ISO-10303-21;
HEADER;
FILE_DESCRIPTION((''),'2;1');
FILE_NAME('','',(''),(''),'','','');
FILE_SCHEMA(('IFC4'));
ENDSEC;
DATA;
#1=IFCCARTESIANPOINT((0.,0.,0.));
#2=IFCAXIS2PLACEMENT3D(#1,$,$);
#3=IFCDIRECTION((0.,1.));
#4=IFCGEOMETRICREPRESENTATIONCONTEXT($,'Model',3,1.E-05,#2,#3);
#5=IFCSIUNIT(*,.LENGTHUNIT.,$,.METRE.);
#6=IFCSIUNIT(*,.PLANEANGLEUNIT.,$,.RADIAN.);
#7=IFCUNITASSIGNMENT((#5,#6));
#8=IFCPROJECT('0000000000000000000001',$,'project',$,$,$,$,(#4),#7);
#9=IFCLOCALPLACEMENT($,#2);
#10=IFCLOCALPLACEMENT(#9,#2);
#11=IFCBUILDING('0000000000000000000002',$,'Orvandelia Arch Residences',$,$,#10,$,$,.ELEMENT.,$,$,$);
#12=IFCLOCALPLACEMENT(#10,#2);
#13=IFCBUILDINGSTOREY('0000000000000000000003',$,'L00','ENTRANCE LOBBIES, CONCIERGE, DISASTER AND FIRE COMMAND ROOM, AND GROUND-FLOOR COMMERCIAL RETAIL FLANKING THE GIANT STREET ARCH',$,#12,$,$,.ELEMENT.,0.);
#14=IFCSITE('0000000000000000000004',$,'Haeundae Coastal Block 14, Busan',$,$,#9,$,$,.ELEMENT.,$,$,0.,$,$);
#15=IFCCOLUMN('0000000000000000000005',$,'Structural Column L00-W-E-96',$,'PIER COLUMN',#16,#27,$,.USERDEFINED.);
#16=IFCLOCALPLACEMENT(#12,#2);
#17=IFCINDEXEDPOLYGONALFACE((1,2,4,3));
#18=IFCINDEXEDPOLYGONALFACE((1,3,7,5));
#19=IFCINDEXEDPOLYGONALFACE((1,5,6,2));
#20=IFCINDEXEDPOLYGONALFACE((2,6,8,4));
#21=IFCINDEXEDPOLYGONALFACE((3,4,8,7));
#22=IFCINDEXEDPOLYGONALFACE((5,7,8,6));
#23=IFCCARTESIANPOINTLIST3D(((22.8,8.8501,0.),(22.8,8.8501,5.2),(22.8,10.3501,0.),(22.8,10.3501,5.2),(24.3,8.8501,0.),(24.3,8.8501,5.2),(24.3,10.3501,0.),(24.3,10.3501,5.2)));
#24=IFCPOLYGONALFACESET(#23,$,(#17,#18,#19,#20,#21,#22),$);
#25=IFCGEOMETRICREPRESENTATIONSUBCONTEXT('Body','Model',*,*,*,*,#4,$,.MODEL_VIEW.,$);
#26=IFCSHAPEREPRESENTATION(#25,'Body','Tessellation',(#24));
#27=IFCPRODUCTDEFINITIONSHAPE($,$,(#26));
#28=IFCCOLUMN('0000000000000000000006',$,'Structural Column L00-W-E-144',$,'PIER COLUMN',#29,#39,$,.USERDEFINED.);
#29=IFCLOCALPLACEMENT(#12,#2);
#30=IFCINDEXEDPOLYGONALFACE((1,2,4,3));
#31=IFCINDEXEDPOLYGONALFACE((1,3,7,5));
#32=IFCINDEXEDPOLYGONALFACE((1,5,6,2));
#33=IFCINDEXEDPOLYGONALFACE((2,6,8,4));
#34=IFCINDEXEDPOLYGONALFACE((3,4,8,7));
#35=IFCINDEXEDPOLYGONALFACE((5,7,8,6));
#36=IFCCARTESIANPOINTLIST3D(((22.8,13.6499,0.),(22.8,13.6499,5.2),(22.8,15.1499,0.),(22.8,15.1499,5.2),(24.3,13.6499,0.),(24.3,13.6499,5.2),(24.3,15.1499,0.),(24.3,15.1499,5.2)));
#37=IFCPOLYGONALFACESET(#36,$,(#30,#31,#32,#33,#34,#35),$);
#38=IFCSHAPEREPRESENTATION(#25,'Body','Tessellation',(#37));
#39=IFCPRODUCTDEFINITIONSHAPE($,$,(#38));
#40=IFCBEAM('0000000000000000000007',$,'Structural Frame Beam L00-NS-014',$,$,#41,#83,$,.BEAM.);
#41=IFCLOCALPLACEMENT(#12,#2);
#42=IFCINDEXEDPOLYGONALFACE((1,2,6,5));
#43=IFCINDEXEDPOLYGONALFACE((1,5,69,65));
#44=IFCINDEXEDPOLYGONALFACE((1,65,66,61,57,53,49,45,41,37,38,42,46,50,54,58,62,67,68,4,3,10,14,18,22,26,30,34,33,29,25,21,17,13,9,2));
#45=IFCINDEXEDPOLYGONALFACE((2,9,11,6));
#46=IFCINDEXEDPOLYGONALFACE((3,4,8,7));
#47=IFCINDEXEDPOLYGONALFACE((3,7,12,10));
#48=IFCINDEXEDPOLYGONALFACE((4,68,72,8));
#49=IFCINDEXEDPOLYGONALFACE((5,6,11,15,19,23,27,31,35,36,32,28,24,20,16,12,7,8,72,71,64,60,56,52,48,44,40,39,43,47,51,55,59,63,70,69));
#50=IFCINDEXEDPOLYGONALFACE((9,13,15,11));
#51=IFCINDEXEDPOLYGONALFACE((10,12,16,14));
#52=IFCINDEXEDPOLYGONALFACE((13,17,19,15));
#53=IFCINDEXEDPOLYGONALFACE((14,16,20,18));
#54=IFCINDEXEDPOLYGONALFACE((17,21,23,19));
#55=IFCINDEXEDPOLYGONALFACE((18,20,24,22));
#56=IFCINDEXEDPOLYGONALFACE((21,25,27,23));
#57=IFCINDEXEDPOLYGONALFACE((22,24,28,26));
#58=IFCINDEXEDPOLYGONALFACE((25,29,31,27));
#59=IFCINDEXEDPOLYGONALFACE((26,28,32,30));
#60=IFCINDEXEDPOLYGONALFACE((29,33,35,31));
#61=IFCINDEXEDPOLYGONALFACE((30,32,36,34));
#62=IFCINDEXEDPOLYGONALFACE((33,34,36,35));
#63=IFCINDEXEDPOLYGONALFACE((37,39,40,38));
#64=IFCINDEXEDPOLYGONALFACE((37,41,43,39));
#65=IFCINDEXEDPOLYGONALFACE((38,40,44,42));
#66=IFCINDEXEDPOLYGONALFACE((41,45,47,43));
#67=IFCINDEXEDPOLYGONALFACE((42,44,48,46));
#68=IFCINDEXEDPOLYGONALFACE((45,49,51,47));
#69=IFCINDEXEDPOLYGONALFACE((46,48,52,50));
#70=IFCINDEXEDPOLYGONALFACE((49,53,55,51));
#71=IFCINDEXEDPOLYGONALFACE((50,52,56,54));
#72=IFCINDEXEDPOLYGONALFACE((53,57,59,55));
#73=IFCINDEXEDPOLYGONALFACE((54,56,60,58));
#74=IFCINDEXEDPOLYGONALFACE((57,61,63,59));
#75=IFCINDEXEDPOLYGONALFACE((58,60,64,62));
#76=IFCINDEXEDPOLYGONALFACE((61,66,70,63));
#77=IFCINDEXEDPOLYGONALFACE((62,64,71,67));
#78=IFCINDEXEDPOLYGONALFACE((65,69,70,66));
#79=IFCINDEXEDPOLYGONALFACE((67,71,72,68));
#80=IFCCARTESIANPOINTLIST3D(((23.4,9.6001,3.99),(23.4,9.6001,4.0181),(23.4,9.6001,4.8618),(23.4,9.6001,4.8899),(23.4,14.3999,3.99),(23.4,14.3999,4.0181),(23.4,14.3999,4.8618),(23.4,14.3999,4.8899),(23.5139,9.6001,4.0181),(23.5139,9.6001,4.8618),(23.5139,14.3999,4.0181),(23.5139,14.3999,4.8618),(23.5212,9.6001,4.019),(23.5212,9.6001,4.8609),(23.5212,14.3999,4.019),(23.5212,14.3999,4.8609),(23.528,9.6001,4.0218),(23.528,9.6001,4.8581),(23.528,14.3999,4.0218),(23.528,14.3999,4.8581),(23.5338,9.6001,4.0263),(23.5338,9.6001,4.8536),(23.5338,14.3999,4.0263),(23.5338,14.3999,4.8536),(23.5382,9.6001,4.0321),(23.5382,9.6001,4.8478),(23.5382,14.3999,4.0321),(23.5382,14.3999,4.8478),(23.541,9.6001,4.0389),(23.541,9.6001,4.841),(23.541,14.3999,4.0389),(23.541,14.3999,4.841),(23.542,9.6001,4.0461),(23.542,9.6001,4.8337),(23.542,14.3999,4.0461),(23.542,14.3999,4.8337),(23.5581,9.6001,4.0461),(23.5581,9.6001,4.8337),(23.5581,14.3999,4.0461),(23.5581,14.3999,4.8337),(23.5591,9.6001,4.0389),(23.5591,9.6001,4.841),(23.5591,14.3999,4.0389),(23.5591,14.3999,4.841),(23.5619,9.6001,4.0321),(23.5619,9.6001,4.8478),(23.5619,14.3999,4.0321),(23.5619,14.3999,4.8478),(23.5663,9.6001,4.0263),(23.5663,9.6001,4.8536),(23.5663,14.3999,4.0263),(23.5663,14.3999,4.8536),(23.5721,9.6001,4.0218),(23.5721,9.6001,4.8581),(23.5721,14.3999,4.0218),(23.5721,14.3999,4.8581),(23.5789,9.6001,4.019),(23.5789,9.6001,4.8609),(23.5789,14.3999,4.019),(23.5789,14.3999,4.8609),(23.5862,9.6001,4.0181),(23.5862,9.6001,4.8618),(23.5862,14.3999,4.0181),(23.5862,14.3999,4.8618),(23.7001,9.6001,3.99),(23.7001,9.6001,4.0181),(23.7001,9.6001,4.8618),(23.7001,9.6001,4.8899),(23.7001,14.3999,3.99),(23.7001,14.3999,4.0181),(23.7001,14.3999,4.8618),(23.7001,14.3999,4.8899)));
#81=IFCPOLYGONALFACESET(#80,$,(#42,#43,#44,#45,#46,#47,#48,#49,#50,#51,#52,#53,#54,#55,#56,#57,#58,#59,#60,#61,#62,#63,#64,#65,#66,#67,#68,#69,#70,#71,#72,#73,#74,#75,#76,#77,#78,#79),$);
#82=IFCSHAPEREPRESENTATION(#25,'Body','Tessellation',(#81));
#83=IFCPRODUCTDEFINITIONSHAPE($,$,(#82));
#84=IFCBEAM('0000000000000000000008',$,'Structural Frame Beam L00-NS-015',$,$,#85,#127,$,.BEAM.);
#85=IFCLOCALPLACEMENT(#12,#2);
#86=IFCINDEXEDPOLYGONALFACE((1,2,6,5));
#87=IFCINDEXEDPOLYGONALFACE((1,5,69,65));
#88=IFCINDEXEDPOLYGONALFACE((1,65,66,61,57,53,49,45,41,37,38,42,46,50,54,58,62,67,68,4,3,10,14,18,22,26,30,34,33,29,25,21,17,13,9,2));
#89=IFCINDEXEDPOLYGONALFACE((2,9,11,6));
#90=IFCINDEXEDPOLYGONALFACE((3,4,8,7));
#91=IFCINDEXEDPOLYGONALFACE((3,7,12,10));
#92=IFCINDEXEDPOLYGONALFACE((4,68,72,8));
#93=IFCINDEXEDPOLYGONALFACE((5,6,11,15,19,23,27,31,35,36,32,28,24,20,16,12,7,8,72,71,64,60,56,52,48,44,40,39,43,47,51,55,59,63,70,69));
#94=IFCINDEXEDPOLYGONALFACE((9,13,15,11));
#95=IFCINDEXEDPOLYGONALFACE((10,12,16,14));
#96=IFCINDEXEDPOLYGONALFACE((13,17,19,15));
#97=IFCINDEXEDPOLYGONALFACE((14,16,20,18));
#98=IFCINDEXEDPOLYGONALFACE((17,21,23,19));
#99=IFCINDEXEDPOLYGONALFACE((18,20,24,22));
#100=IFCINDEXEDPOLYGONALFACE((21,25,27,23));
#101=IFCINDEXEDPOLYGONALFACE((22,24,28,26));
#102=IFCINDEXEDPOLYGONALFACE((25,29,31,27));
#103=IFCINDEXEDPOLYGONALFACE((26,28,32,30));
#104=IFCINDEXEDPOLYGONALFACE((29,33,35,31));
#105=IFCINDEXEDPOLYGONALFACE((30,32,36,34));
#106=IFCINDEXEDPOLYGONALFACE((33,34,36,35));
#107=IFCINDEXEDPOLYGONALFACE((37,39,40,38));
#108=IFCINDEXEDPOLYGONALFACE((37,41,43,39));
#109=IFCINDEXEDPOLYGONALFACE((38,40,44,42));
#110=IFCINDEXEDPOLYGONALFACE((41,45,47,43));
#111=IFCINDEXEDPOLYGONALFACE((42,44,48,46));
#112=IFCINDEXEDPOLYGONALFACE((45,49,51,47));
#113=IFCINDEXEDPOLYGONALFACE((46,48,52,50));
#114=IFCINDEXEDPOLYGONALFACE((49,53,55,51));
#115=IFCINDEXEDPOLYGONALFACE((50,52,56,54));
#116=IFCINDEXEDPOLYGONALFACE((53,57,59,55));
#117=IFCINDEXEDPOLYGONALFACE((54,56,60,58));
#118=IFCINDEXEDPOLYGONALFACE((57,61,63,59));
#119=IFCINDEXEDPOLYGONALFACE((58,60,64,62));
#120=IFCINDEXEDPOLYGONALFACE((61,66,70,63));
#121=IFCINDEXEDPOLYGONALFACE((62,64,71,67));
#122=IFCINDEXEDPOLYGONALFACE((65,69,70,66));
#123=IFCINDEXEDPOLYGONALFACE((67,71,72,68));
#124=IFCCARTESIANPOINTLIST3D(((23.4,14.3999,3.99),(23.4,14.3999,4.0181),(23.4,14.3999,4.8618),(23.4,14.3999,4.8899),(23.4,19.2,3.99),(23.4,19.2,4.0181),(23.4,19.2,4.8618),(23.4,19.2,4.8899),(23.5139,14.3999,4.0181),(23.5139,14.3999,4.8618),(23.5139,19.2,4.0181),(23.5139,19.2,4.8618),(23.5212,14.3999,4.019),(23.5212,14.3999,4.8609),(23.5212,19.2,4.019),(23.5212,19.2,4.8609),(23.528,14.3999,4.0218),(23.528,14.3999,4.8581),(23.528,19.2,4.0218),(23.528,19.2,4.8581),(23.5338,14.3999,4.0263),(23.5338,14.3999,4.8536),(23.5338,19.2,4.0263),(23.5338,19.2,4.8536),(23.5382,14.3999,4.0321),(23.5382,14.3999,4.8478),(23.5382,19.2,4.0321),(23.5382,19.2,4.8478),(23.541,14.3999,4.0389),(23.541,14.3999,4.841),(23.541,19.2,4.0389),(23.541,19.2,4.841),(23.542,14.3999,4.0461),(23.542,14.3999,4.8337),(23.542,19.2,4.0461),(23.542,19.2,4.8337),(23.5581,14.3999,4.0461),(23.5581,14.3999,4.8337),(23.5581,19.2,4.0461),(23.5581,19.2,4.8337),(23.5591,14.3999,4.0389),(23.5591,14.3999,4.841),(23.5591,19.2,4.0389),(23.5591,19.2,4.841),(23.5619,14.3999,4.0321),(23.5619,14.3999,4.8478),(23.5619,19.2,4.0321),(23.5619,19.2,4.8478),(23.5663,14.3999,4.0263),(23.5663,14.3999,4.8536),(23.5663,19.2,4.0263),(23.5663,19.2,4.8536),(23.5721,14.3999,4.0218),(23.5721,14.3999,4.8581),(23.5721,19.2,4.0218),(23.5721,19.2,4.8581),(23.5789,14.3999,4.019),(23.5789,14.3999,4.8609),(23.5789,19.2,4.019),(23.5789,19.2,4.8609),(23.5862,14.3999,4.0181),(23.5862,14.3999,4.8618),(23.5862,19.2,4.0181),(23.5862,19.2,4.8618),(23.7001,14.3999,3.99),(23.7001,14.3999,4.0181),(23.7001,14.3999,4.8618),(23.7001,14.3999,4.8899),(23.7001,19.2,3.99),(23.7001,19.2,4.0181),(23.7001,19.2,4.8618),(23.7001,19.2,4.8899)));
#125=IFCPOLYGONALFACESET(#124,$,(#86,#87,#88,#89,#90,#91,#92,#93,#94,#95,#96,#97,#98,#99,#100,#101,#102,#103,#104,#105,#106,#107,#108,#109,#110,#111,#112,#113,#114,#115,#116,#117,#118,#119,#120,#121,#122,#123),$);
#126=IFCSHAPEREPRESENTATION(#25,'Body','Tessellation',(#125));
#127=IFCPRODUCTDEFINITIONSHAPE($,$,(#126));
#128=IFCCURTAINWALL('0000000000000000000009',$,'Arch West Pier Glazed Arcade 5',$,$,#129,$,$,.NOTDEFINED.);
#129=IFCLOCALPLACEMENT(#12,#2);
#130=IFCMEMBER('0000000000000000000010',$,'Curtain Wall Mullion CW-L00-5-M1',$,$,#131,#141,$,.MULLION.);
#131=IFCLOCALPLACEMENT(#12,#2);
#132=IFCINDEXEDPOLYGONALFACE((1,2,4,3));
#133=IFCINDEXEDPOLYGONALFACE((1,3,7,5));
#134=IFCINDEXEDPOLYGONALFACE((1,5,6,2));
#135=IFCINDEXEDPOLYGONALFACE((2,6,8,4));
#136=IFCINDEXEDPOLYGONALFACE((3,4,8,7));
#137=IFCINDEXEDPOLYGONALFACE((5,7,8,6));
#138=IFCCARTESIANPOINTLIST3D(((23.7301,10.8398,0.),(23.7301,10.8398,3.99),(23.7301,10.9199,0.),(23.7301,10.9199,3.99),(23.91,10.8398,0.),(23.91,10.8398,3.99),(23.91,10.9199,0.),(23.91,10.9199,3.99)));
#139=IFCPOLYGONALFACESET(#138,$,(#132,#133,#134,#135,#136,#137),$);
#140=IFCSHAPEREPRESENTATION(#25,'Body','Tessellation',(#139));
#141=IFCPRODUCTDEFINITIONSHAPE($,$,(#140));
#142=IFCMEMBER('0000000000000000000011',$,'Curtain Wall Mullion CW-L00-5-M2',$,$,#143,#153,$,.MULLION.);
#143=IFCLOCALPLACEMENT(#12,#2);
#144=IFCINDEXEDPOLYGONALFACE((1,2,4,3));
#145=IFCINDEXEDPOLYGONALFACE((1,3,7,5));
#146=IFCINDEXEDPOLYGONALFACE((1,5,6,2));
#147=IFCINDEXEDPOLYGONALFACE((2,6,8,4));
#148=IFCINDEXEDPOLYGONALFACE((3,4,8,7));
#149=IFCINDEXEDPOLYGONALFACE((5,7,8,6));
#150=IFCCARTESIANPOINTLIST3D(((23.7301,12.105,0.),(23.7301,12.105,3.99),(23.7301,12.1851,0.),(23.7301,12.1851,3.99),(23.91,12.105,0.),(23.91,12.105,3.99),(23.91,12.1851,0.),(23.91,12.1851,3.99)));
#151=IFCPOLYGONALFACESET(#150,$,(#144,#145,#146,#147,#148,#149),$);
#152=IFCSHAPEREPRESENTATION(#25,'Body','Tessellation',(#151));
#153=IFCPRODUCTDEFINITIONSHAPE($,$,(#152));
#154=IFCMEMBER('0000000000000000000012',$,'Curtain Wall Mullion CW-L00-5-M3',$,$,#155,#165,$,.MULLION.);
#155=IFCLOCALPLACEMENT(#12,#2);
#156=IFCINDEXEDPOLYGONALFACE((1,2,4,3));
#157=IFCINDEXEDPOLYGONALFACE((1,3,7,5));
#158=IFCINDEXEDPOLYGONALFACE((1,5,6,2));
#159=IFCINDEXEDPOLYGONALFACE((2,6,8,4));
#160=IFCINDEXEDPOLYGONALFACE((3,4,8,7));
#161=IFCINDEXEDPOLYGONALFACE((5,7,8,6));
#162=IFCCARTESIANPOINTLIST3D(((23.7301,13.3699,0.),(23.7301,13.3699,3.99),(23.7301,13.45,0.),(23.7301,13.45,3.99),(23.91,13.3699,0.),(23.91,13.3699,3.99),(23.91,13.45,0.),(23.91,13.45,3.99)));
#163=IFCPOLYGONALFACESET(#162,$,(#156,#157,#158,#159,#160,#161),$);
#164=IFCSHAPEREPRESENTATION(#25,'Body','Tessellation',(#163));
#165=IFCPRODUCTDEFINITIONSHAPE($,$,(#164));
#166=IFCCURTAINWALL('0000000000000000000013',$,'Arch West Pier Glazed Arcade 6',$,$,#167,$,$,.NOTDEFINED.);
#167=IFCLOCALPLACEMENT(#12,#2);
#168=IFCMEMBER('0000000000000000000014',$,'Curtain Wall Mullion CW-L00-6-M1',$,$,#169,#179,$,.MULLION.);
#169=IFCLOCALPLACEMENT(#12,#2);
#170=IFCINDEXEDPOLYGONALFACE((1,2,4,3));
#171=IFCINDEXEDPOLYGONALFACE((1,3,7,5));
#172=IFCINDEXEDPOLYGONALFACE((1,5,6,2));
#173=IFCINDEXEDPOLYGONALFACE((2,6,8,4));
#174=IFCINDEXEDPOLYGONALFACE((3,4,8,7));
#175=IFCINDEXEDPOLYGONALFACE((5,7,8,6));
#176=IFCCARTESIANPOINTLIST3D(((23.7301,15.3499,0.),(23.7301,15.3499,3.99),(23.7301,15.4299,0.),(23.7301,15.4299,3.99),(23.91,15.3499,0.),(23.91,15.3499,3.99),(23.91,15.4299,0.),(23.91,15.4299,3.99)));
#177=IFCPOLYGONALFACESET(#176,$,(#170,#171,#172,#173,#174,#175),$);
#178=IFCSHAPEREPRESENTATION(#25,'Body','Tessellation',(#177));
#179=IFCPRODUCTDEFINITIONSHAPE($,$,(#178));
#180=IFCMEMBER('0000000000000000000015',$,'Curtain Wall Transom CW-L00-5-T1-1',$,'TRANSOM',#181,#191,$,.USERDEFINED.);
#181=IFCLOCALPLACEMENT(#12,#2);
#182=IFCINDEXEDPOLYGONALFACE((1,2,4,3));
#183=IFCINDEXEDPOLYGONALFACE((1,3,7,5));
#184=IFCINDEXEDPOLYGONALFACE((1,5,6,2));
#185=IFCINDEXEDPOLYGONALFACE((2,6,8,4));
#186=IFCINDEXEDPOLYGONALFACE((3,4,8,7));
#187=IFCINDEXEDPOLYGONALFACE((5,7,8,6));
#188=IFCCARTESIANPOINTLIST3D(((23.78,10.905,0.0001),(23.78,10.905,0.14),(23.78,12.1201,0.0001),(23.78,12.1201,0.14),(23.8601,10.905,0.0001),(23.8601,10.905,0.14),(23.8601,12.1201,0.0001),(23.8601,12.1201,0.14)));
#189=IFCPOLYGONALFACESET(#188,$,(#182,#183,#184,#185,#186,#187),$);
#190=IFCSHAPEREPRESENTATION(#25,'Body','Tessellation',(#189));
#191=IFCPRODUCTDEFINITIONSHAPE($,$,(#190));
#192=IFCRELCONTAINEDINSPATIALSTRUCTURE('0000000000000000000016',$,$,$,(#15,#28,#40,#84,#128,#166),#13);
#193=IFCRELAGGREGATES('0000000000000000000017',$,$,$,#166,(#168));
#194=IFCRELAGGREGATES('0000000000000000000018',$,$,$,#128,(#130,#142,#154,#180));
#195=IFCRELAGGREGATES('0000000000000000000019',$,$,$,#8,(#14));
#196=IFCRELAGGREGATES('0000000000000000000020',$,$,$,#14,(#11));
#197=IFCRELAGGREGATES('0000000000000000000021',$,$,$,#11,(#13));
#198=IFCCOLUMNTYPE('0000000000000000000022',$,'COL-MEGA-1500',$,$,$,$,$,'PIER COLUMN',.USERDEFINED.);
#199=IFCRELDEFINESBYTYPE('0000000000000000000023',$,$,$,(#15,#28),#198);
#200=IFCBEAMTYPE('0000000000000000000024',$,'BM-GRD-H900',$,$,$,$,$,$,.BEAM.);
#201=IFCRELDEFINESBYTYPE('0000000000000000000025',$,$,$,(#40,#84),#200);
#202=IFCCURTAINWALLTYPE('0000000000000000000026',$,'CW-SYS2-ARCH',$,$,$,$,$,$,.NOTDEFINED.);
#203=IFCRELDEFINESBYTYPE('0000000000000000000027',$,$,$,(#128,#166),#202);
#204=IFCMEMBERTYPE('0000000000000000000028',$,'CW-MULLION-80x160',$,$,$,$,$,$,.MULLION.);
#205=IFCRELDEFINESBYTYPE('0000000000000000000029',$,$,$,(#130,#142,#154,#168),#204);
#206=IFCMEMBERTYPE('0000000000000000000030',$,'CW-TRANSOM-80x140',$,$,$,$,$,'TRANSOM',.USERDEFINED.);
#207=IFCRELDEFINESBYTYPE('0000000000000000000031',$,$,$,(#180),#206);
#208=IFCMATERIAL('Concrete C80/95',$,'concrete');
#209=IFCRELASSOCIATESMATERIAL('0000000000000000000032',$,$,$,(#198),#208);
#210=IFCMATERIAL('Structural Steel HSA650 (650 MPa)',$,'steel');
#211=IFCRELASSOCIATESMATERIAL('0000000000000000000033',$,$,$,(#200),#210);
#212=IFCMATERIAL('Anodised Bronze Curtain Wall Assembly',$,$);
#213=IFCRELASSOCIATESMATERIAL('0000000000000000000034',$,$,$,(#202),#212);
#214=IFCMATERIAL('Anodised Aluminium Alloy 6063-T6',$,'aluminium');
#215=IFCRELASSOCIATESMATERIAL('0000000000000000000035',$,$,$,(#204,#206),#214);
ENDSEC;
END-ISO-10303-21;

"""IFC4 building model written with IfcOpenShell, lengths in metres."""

from ifc_helpers import new_model, si_unit, direction, frame, origin, origin_2d, place, context, subcontext, project, spatial, rectangle, i_section, extrude, material, material_profile, profile_set, type_object, element, aggregate, save


model = new_model("IFC4")

# Units and contexts
model_context = context("Model", 3, precision=1e-05, world=origin(), true_north=direction((0.0, 1.0)))
body_context = subcontext(model_context, "Body", "Model", "MODEL_VIEW")
ifc_project = project(units=[si_unit("LENGTHUNIT", "METRE"), si_unit("PLANEANGLEUNIT", "RADIAN")], contexts=[model_context])

# Site, building, storey
site_placement = place(None, origin())
site = spatial("IfcSite", under=ifc_project, at=site_placement, Name="Haeundae Coastal Block 14, Busan", CompositionType="ELEMENT", RefElevation=0.0)
building_placement = place(site_placement, origin())
building = spatial("IfcBuilding", under=site, at=building_placement, Name="Orvandelia Arch Residences", CompositionType="ELEMENT")
storey_placement = place(building_placement, origin())
storey = spatial("IfcBuildingStorey", under=building, at=storey_placement, Name="L00", Description="ENTRANCE LOBBIES, CONCIERGE, DISASTER AND FIRE COMMAND ROOM, AND GROUND-FLOOR COMMERCIAL RETAIL FLANKING THE GIANT STREET ARCH", CompositionType="ELEMENT", Elevation=0.0)

# Columns
ifc_material_1 = material(Name="Concrete C80/95", Category="concrete")
ifc_material_profile_1 = material_profile(ifc_material_1, rectangle(XDim=1.5, YDim=1.5, at=origin_2d()), Name="Concrete C80/95", Category="concrete")
ifc_profile_set_1 = profile_set([ifc_material_profile_1], Name="Concrete C80/95")
column_type = type_object("IfcColumnType", Name="COL-MEGA-1500", ElementType="PIER COLUMN", PredefinedType="USERDEFINED", material=ifc_profile_set_1)
for number, where, z_axis, x_axis, name in (
    (1, (23.55, 9.6001, 0.0), (0.0, 0.0, 1.0), (1.0, 0.0, 0.0), "Structural Column L00-W-E-96"),
    (2, (23.55, 14.3999, 0.0), (0.0, 0.0, 1.0), (1.0, 0.0, 0.0), "Structural Column L00-W-E-144"),
):
    element("IfcColumn", number, at=place(storey_placement, frame(where, z_axis=z_axis, x_axis=x_axis)), inside=storey, type_object=column_type, Name=name, ObjectType="PIER COLUMN", PredefinedType="USERDEFINED", context=body_context, shape_type="SweptSolid", body=[
        extrude(rectangle(XDim=1.5, YDim=1.5, at=origin_2d()), origin(), (0.0, 0.0, 1.0), 5.2),
    ])

# Beams
ifc_material_2 = material(Name="Structural Steel HSA650 (650 MPa)", Category="steel")
ifc_material_profile_2 = material_profile(ifc_material_2, i_section(OverallWidth=0.3, OverallDepth=0.8999, WebThickness=0.0161, FlangeThickness=0.0281, FilletRadius=0.0281, at=origin_2d()), Name="Structural Steel HSA650 (650 MPa)", Category="steel")
ifc_profile_set_2 = profile_set([ifc_material_profile_2], Name="Structural Steel HSA650 (650 MPa)")
beam_type = type_object("IfcBeamType", Name="BM-GRD-H900", PredefinedType="BEAM", material=ifc_profile_set_2)
beam_1_placement = place(storey_placement, frame((23.55, 9.6001, 4.4399), z_axis=(0.0, 1.0, 0.0), x_axis=(-1.0, 0.0, 0.0)))
element("IfcBeam", 3, at=beam_1_placement, inside=storey, type_object=beam_type, Name="Structural Frame Beam L00-NS-014", PredefinedType="BEAM", context=body_context, shape_type="SweptSolid", body=[
    extrude(i_section(OverallWidth=0.3, OverallDepth=0.8999, WebThickness=0.0161, FlangeThickness=0.0281, FilletRadius=0.0281, at=origin_2d()), origin(), (0.0, 0.0, 1.0), 4.7998),
])
beam_2_placement = place(storey_placement, frame((23.55, 14.3999, 4.4399), z_axis=(0.0, 1.0, 0.0), x_axis=(-1.0, 0.0, 0.0)))
element("IfcBeam", 4, at=beam_2_placement, inside=storey, type_object=beam_type, Name="Structural Frame Beam L00-NS-015", PredefinedType="BEAM", context=body_context, shape_type="SweptSolid", body=[
    extrude(i_section(OverallWidth=0.3, OverallDepth=0.8999, WebThickness=0.0161, FlangeThickness=0.0281, FilletRadius=0.0281, at=origin_2d()), origin(), (0.0, 0.0, 1.0), 4.8),
])

# Curtain wall, members
ifc_material_3 = material(Name="Anodised Bronze Curtain Wall Assembly")
curtain_wall_type = type_object("IfcCurtainWallType", Name="CW-SYS2-ARCH", PredefinedType="NOTDEFINED", material=ifc_material_3)
curtain_wall_1_placement = place(storey_placement, origin())
curtain_wall_1 = element("IfcCurtainWall", 5, at=curtain_wall_1_placement, inside=storey, type_object=curtain_wall_type, Name="Arch West Pier Glazed Arcade 5", PredefinedType="NOTDEFINED")
ifc_material_4 = material(Name="Anodised Aluminium Alloy 6063-T6", Category="aluminium")
ifc_material_profile_3 = material_profile(ifc_material_4, rectangle(XDim=0.0801, YDim=0.1799, at=origin_2d()), Name="Anodised Aluminium Alloy 6063-T6", Category="aluminium")
ifc_profile_set_3 = profile_set([ifc_material_profile_3], Name="Anodised Aluminium Alloy 6063-T6")
member_type_1 = type_object("IfcMemberType", Name="CW-MULLION-80x160", PredefinedType="MULLION", material=ifc_profile_set_3)
member_1_placement = place(storey_placement, frame((23.8201, 10.8799, 0.0), z_axis=(0.0, 0.0, 1.0), x_axis=(0.0, 1.0, 0.0)))
member_1 = element("IfcMember", 6, at=member_1_placement, type_object=member_type_1, Name="Curtain Wall Mullion CW-L00-5-M1", PredefinedType="MULLION", context=body_context, shape_type="SweptSolid", body=[
    extrude(rectangle(XDim=0.0801, YDim=0.1799, at=origin_2d()), origin(), (0.0, 0.0, 1.0), 3.99),
])
member_2_placement = place(storey_placement, frame((23.8201, 12.145, 0.0), z_axis=(0.0, 0.0, 1.0), x_axis=(0.0, 1.0, 0.0)))
member_2 = element("IfcMember", 7, at=member_2_placement, type_object=member_type_1, Name="Curtain Wall Mullion CW-L00-5-M2", PredefinedType="MULLION", context=body_context, shape_type="SweptSolid", body=[
    extrude(rectangle(XDim=0.0801, YDim=0.1799, at=origin_2d()), origin(), (0.0, 0.0, 1.0), 3.99),
])
member_3_placement = place(storey_placement, frame((23.8201, 13.4099, 0.0), z_axis=(0.0, 0.0, 1.0), x_axis=(0.0, 1.0, 0.0)))
member_3 = element("IfcMember", 8, at=member_3_placement, type_object=member_type_1, Name="Curtain Wall Mullion CW-L00-5-M3", PredefinedType="MULLION", context=body_context, shape_type="SweptSolid", body=[
    extrude(rectangle(XDim=0.0801, YDim=0.1799, at=origin_2d()), origin(), (0.0, 0.0, 1.0), 3.99),
])

# Curtain wall, member
curtain_wall_2_placement = place(storey_placement, origin())
curtain_wall_2 = element("IfcCurtainWall", 9, at=curtain_wall_2_placement, inside=storey, type_object=curtain_wall_type, Name="Arch West Pier Glazed Arcade 6", PredefinedType="NOTDEFINED")
member_4_placement = place(storey_placement, frame((23.8201, 15.3899, 0.0), z_axis=(0.0, 0.0, 1.0), x_axis=(0.0, 1.0, 0.0)))
member_4 = element("IfcMember", 10, at=member_4_placement, type_object=member_type_1, Name="Curtain Wall Mullion CW-L00-6-M1", PredefinedType="MULLION", context=body_context, shape_type="SweptSolid", body=[
    extrude(rectangle(XDim=0.0801, YDim=0.1799, at=origin_2d()), origin(), (0.0, 0.0, 1.0), 3.99),
])

# Member
ifc_material_profile_4 = material_profile(ifc_material_4, rectangle(XDim=0.0801, YDim=0.1399, at=origin_2d()), Name="Anodised Aluminium Alloy 6063-T6", Category="aluminium")
ifc_profile_set_4 = profile_set([ifc_material_profile_4], Name="Anodised Aluminium Alloy 6063-T6")
member_type_2 = type_object("IfcMemberType", Name="CW-TRANSOM-80x140", ElementType="TRANSOM", PredefinedType="USERDEFINED", material=ifc_profile_set_4)
member_5_placement = place(storey_placement, frame((23.8201, 10.905, 0.0701), z_axis=(0.0, 1.0, 0.0), x_axis=(-1.0, 0.0, 0.0)))
member_5 = element("IfcMember", 11, at=member_5_placement, type_object=member_type_2, Name="Curtain Wall Transom CW-L00-5-T1-1", ObjectType="TRANSOM", PredefinedType="USERDEFINED", context=body_context, shape_type="SweptSolid", body=[
    extrude(rectangle(XDim=0.0801, YDim=0.1399, at=origin_2d()), origin(), (0.0, 0.0, 1.0), 1.2151),
])

aggregate(curtain_wall_2, [member_4])
aggregate(curtain_wall_1, [member_1, member_2, member_3, member_5])

save(model, "model.ifc")
